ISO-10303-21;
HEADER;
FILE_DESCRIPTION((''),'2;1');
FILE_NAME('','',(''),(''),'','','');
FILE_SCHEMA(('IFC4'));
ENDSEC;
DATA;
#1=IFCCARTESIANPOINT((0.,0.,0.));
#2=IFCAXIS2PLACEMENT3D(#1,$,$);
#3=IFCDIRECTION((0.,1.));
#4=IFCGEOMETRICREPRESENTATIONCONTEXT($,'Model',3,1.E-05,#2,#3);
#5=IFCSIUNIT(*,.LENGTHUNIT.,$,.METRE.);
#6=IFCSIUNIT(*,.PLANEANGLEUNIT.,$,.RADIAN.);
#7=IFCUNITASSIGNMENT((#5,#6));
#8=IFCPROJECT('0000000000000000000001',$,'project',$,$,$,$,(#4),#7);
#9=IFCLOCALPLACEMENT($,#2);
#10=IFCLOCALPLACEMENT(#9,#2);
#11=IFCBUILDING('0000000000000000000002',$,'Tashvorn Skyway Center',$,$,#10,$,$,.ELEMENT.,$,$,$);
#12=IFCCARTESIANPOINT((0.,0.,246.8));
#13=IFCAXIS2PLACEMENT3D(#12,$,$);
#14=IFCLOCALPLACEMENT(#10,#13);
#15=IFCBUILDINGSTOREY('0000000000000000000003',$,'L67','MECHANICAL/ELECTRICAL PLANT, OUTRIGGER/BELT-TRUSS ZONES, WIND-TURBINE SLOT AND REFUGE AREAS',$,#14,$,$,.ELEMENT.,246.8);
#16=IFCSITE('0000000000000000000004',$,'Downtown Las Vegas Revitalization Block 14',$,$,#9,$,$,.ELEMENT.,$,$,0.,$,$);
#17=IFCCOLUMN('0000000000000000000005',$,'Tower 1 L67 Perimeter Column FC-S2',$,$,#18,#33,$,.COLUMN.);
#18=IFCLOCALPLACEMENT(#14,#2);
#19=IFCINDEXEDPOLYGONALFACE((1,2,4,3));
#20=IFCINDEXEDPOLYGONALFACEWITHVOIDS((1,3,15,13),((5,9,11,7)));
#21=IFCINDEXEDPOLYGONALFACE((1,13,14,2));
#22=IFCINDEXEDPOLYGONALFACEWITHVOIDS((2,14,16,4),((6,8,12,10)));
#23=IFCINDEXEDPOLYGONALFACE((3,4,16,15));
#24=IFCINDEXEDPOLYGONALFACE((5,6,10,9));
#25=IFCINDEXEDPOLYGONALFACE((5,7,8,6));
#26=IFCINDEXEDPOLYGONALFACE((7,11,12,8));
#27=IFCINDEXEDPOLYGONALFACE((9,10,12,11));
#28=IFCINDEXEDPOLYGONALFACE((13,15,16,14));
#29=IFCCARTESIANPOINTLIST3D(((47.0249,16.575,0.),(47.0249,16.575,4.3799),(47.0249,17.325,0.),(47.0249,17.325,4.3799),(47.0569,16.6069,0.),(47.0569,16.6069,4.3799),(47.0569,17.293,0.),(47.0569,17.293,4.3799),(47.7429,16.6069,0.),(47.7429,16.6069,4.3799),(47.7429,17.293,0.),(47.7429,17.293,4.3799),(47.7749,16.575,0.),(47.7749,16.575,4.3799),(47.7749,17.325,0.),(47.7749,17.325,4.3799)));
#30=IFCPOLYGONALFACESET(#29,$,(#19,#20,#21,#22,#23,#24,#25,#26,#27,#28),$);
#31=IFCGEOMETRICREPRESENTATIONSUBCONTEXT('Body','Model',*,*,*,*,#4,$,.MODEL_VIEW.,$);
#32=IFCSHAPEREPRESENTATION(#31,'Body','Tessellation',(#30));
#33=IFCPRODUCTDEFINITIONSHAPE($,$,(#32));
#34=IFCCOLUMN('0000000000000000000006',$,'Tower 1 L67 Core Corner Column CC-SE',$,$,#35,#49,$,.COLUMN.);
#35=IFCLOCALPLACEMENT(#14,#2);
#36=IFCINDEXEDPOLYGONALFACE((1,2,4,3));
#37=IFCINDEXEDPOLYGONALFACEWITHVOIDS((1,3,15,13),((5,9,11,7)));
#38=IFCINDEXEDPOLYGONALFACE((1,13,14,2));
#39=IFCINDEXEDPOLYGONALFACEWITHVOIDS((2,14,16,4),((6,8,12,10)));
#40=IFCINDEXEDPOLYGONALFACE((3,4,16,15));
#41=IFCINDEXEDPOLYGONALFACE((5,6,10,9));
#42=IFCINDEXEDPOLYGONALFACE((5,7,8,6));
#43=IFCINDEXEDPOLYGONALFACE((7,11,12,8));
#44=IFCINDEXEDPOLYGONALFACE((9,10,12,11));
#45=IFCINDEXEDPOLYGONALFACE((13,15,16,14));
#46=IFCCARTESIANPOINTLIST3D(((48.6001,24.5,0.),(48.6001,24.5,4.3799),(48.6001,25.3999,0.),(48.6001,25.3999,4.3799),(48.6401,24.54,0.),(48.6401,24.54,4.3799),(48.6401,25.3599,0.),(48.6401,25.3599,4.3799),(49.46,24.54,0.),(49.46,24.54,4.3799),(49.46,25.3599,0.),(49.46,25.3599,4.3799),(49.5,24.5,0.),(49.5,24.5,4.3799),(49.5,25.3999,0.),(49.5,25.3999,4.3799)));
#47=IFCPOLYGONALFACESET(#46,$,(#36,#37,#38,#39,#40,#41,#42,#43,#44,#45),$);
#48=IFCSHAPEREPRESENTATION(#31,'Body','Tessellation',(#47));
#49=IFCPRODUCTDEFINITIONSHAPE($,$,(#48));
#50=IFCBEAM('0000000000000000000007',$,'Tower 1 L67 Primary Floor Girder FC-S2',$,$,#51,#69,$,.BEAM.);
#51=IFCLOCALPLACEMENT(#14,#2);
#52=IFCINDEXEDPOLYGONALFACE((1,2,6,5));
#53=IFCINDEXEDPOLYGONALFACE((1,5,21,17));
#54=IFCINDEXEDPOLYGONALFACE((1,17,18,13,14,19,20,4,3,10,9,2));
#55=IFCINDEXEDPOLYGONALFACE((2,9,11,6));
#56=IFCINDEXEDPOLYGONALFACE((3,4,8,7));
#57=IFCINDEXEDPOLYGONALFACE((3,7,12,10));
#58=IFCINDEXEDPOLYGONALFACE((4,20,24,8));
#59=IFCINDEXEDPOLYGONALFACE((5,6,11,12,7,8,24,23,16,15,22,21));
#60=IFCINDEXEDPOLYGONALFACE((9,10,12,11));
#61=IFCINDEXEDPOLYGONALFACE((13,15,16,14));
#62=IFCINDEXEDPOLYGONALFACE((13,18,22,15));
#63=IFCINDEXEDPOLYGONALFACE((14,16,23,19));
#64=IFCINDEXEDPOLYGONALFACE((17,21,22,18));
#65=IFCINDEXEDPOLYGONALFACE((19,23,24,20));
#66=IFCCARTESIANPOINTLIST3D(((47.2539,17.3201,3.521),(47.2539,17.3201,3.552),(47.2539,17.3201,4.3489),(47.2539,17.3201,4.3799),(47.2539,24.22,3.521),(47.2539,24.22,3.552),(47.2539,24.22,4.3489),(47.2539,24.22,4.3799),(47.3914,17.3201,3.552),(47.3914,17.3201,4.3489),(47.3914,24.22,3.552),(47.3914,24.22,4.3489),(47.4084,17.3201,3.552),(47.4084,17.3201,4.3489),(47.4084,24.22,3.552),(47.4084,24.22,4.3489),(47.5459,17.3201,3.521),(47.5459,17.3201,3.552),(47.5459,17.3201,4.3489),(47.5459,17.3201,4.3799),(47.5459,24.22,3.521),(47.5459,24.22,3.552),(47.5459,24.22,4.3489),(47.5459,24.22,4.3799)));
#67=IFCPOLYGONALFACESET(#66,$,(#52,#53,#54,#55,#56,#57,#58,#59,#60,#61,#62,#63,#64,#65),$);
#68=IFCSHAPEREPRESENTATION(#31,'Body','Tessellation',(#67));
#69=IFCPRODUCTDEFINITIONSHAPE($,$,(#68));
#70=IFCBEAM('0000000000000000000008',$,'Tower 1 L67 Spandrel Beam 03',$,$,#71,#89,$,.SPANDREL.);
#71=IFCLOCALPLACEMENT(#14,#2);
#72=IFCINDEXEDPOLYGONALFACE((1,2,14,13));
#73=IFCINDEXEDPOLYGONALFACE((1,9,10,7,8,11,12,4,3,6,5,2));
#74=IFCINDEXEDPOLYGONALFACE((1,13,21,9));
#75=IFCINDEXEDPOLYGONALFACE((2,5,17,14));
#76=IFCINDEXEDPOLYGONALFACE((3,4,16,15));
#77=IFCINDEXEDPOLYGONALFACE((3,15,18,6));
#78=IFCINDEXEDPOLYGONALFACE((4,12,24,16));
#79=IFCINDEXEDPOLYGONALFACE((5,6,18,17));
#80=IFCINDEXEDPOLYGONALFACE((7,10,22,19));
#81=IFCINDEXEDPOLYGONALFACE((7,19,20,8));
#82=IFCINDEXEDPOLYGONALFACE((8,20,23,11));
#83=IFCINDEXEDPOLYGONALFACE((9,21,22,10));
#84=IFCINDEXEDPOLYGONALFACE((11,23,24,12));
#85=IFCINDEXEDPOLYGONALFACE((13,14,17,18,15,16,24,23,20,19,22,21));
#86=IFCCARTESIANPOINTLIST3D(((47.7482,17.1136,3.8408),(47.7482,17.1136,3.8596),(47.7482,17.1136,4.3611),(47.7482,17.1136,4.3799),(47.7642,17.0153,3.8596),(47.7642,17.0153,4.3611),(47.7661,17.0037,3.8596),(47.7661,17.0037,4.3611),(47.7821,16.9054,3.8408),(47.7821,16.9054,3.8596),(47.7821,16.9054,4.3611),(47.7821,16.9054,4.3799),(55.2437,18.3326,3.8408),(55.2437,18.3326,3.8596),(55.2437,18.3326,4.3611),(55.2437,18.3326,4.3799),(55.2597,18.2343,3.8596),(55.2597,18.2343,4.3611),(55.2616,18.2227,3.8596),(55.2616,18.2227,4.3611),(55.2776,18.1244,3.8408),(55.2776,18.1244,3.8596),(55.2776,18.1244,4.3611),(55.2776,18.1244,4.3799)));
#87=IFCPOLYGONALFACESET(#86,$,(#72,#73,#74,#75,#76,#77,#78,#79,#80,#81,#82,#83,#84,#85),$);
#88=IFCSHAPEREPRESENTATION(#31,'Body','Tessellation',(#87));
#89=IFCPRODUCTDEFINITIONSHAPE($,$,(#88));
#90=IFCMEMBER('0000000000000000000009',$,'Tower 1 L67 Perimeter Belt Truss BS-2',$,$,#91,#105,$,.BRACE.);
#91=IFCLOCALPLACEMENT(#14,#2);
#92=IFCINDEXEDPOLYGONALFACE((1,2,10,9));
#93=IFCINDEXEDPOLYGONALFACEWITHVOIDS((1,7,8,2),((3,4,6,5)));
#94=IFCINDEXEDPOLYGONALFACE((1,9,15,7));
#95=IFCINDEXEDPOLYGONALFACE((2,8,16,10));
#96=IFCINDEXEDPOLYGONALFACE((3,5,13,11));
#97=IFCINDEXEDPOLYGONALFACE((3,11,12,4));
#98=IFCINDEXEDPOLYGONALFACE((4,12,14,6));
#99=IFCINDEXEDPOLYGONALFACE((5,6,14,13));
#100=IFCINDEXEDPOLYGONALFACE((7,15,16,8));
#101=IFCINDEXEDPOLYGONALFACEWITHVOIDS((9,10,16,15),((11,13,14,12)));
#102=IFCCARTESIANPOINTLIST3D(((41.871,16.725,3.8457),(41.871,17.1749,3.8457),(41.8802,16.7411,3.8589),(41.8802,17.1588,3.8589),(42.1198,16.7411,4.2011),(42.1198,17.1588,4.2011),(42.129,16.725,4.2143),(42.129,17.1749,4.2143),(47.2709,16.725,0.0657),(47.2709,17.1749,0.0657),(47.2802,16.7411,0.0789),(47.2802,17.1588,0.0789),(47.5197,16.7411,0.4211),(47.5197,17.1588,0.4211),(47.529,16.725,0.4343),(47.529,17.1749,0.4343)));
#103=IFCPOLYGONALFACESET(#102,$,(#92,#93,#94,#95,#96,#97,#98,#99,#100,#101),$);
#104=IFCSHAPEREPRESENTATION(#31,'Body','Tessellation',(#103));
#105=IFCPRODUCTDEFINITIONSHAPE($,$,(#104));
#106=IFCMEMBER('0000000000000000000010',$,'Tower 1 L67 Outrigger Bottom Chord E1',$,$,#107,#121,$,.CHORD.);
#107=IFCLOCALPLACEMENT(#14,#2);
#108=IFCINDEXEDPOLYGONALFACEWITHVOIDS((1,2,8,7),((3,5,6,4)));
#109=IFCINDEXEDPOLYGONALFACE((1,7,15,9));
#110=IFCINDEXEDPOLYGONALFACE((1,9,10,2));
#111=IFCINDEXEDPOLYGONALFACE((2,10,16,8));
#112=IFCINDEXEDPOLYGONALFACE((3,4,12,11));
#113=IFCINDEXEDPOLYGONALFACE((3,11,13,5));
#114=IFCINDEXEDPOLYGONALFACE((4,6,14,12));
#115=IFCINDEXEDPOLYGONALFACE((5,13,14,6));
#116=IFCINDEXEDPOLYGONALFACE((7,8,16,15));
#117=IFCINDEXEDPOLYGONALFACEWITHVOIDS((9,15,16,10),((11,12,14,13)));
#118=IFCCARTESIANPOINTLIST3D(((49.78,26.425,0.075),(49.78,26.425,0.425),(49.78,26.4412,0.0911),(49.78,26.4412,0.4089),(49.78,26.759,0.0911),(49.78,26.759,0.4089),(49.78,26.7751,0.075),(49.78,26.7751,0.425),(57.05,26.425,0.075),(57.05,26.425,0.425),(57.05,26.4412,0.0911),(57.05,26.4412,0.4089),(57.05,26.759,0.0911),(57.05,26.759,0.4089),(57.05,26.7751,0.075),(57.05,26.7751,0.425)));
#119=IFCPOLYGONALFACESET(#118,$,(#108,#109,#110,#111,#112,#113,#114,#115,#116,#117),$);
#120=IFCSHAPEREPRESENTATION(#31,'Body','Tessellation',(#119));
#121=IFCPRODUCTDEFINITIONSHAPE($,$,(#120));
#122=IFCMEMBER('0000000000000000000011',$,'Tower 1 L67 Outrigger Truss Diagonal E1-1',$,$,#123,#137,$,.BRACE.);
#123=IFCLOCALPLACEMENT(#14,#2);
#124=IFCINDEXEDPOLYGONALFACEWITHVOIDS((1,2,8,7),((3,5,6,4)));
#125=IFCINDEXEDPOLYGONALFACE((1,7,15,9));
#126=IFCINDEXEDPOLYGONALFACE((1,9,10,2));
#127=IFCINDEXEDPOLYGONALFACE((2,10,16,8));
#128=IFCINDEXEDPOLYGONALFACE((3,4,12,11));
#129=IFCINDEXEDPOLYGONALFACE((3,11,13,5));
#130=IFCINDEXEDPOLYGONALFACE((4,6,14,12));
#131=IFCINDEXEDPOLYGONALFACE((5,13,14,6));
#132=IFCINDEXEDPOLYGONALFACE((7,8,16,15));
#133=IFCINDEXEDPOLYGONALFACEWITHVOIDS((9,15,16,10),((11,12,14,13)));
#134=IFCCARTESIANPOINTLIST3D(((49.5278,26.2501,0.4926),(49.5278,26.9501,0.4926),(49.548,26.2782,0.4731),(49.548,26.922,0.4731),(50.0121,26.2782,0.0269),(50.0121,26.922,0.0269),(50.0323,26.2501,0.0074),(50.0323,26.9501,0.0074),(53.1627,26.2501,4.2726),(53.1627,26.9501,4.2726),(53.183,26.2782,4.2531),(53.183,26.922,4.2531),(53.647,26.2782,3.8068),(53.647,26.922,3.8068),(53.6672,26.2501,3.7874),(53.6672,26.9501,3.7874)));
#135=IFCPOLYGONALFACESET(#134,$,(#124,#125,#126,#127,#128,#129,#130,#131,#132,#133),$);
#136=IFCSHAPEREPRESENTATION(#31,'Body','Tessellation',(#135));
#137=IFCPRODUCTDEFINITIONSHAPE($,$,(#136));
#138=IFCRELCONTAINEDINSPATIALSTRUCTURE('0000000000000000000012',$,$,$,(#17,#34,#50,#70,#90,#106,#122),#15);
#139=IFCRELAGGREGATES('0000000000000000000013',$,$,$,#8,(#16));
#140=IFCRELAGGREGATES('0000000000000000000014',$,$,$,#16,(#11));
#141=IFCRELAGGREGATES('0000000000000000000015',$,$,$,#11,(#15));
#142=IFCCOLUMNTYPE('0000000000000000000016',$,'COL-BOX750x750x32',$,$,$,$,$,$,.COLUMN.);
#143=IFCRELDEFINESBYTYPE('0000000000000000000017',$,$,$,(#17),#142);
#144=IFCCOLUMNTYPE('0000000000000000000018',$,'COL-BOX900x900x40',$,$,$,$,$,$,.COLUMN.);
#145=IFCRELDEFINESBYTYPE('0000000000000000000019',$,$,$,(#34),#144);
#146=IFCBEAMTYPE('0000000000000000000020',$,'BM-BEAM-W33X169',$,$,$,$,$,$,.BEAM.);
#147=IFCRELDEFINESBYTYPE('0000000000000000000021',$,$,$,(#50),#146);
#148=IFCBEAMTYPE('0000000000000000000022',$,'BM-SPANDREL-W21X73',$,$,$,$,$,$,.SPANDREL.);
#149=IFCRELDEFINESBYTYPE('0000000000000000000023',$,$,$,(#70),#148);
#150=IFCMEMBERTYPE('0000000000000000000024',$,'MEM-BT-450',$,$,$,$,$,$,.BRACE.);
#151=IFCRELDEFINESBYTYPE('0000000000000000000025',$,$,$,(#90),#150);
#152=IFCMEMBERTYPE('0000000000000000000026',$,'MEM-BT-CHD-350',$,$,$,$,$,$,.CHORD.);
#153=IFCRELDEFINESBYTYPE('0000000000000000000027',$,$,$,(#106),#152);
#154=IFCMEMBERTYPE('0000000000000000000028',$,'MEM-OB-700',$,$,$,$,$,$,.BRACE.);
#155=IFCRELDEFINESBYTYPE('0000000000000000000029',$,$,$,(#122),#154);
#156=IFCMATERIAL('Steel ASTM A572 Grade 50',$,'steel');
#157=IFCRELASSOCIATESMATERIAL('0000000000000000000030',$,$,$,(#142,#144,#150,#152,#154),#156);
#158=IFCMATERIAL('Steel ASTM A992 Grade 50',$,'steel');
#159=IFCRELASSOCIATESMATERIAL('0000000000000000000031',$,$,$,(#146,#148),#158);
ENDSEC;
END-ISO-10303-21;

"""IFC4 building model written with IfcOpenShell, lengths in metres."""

from ifc_helpers import new_model, si_unit, direction, frame, origin, origin_2d, place, context, subcontext, project, spatial, hollow_rectangle, i_section, extrude, material, material_profile, profile_set, type_object, element, save


model = new_model("IFC4")

# Units and contexts
model_context = context("Model", 3, precision=1e-05, world=origin(), true_north=direction((0.0, 1.0)))
body_context = subcontext(model_context, "Body", "Model", "MODEL_VIEW")
ifc_project = project(units=[si_unit("LENGTHUNIT", "METRE"), si_unit("PLANEANGLEUNIT", "RADIAN")], contexts=[model_context])

# Site, building, storey
site_placement = place(None, origin())
site = spatial("IfcSite", under=ifc_project, at=site_placement, Name="Downtown Las Vegas Revitalization Block 14", CompositionType="ELEMENT", RefElevation=0.0)
building_placement = place(site_placement, origin())
building = spatial("IfcBuilding", under=site, at=building_placement, Name="Tashvorn Skyway Center", CompositionType="ELEMENT")
storey_placement = place(building_placement, frame((0.0, 0.0, 246.8)))
storey = spatial("IfcBuildingStorey", under=building, at=storey_placement, Name="L67", Description="MECHANICAL/ELECTRICAL PLANT, OUTRIGGER/BELT-TRUSS ZONES, WIND-TURBINE SLOT AND REFUGE AREAS", CompositionType="ELEMENT", Elevation=246.8)

# Columns
ifc_material_1 = material(Name="Steel ASTM A572 Grade 50", Category="steel")
ifc_material_profile_1 = material_profile(ifc_material_1, hollow_rectangle(XDim=0.75, YDim=0.75, WallThickness=0.032, at=origin_2d()), Name="BOX750x750x32")
ifc_profile_set_1 = profile_set([ifc_material_profile_1], Name="Steel ASTM A572 Grade 50")
column_type_1 = type_object("IfcColumnType", Name="COL-BOX750x750x32", PredefinedType="COLUMN", material=ifc_profile_set_1)
column_1_placement = place(storey_placement, frame((47.3999, 16.95, 0.0), z_axis=(0.0, 0.0, 1.0), x_axis=(1.0, 0.0, 0.0)))
element("IfcColumn", 1, at=column_1_placement, inside=storey, type_object=column_type_1, Name="Tower 1 L67 Perimeter Column FC-S2", PredefinedType="COLUMN", context=body_context, shape_type="SweptSolid", body=[
    extrude(hollow_rectangle(XDim=0.75, YDim=0.75, WallThickness=0.032, at=origin_2d()), origin(), (0.0, 0.0, 1.0), 4.3799),
])
ifc_material_profile_2 = material_profile(ifc_material_1, hollow_rectangle(XDim=0.8999, YDim=0.8999, WallThickness=0.04, at=origin_2d()), Name="BOX900x900x40")
ifc_profile_set_2 = profile_set([ifc_material_profile_2], Name="Steel ASTM A572 Grade 50")
column_type_2 = type_object("IfcColumnType", Name="COL-BOX900x900x40", PredefinedType="COLUMN", material=ifc_profile_set_2)
column_2_placement = place(storey_placement, frame((49.05, 24.95, 0.0), z_axis=(0.0, 0.0, 1.0), x_axis=(1.0, 0.0, 0.0)))
element("IfcColumn", 2, at=column_2_placement, inside=storey, type_object=column_type_2, Name="Tower 1 L67 Core Corner Column CC-SE", PredefinedType="COLUMN", context=body_context, shape_type="SweptSolid", body=[
    extrude(hollow_rectangle(XDim=0.8999, YDim=0.8999, WallThickness=0.04, at=origin_2d()), origin(), (0.0, 0.0, 1.0), 4.3799),
])

# Beams
ifc_material_2 = material(Name="Steel ASTM A992 Grade 50", Category="steel")
ifc_material_profile_3 = material_profile(ifc_material_2, i_section(OverallWidth=0.292, OverallDepth=0.8589, WebThickness=0.0171, FlangeThickness=0.031, at=origin_2d()), Name="W33X169")
ifc_profile_set_3 = profile_set([ifc_material_profile_3], Name="Steel ASTM A992 Grade 50")
beam_type_1 = type_object("IfcBeamType", Name="BM-BEAM-W33X169", PredefinedType="BEAM", material=ifc_profile_set_3)
beam_1_placement = place(storey_placement, frame((47.3999, 17.3201, 3.9504), z_axis=(0.0, 1.0, 0.0), x_axis=(-1.0, 0.0, 0.0)))
element("IfcBeam", 3, at=beam_1_placement, inside=storey, type_object=beam_type_1, Name="Tower 1 L67 Primary Floor Girder FC-S2", PredefinedType="BEAM", context=body_context, shape_type="SweptSolid", body=[
    extrude(i_section(OverallWidth=0.292, OverallDepth=0.8589, WebThickness=0.0171, FlangeThickness=0.031, at=origin_2d()), origin(), (0.0, 0.0, 1.0), 6.8999),
])
ifc_material_profile_4 = material_profile(ifc_material_2, i_section(OverallWidth=0.2109, OverallDepth=0.5391, WebThickness=0.0117, FlangeThickness=0.0188, at=origin_2d()), Name="W21X73")
ifc_profile_set_4 = profile_set([ifc_material_profile_4], Name="Steel ASTM A992 Grade 50")
beam_type_2 = type_object("IfcBeamType", Name="BM-SPANDREL-W21X73", PredefinedType="SPANDREL", material=ifc_profile_set_4)
beam_2_placement = place(storey_placement, frame((47.7651, 17.0095, 4.1104), z_axis=(0.987033, 0.160519, 0.0), x_axis=(-0.160519, 0.987033, 0.0)))
element("IfcBeam", 4, at=beam_2_placement, inside=storey, type_object=beam_type_2, Name="Tower 1 L67 Spandrel Beam 03", PredefinedType="SPANDREL", context=body_context, shape_type="SweptSolid", body=[
    extrude(i_section(OverallWidth=0.2109, OverallDepth=0.5391, WebThickness=0.0117, FlangeThickness=0.0188, at=origin_2d()), origin(), (0.0, 0.0, 1.0), 7.594),
])

# Members
ifc_material_profile_5 = material_profile(ifc_material_1, hollow_rectangle(XDim=0.45, YDim=0.45, WallThickness=0.0161, at=origin_2d()), Name="HSS450x450x16")
ifc_profile_set_5 = profile_set([ifc_material_profile_5], Name="Steel ASTM A572 Grade 50")
member_type_1 = type_object("IfcMemberType", Name="MEM-BT-450", PredefinedType="BRACE", material=ifc_profile_set_5)
member_1_placement = place(storey_placement, frame((42.0, 16.95, 4.03), z_axis=(0.819225, 0.0, -0.573472), x_axis=(0.0, 1.0, 0.0)))
element("IfcMember", 5, at=member_1_placement, inside=storey, type_object=member_type_1, Name="Tower 1 L67 Perimeter Belt Truss BS-2", PredefinedType="BRACE", context=body_context, shape_type="SweptSolid", body=[
    extrude(hollow_rectangle(XDim=0.45, YDim=0.45, WallThickness=0.0161, at=origin_2d()), origin(), (0.0, 0.0, 1.0), 6.5916),
])
ifc_material_profile_6 = material_profile(ifc_material_1, hollow_rectangle(XDim=0.3501, YDim=0.3501, WallThickness=0.0161, at=origin_2d()), Name="HSS350x350x16")
ifc_profile_set_6 = profile_set([ifc_material_profile_6], Name="Steel ASTM A572 Grade 50")
member_type_2 = type_object("IfcMemberType", Name="MEM-BT-CHD-350", PredefinedType="CHORD", material=ifc_profile_set_6)
member_2_placement = place(storey_placement, frame((49.78, 26.6001, 0.25), z_axis=(1.0, 0.0, 0.0), x_axis=(0.0, 1.0, 0.0)))
element("IfcMember", 6, at=member_2_placement, inside=storey, type_object=member_type_2, Name="Tower 1 L67 Outrigger Bottom Chord E1", PredefinedType="CHORD", context=body_context, shape_type="SweptSolid", body=[
    extrude(hollow_rectangle(XDim=0.3501, YDim=0.3501, WallThickness=0.0161, at=origin_2d()), origin(), (0.0, 0.0, 1.0), 7.27),
])
ifc_material_profile_7 = material_profile(ifc_material_1, hollow_rectangle(XDim=0.7, YDim=0.7, WallThickness=0.0281, at=origin_2d()), Name="BOX700x700x28")
ifc_profile_set_7 = profile_set([ifc_material_profile_7], Name="Steel ASTM A572 Grade 50")
member_type_3 = type_object("IfcMemberType", Name="MEM-OB-700", PredefinedType="BRACE", material=ifc_profile_set_7)
member_3_placement = place(storey_placement, frame((49.78, 26.6001, 0.25), z_axis=(0.693145, 0.0, 0.720798), x_axis=(0.0, 1.0, 0.0)))
element("IfcMember", 7, at=member_3_placement, inside=storey, type_object=member_type_3, Name="Tower 1 L67 Outrigger Truss Diagonal E1-1", PredefinedType="BRACE", context=body_context, shape_type="SweptSolid", body=[
    extrude(hollow_rectangle(XDim=0.7, YDim=0.7, WallThickness=0.0281, at=origin_2d()), origin(), (0.0, 0.0, 1.0), 5.2441),
])

save(model, "model.ifc")
